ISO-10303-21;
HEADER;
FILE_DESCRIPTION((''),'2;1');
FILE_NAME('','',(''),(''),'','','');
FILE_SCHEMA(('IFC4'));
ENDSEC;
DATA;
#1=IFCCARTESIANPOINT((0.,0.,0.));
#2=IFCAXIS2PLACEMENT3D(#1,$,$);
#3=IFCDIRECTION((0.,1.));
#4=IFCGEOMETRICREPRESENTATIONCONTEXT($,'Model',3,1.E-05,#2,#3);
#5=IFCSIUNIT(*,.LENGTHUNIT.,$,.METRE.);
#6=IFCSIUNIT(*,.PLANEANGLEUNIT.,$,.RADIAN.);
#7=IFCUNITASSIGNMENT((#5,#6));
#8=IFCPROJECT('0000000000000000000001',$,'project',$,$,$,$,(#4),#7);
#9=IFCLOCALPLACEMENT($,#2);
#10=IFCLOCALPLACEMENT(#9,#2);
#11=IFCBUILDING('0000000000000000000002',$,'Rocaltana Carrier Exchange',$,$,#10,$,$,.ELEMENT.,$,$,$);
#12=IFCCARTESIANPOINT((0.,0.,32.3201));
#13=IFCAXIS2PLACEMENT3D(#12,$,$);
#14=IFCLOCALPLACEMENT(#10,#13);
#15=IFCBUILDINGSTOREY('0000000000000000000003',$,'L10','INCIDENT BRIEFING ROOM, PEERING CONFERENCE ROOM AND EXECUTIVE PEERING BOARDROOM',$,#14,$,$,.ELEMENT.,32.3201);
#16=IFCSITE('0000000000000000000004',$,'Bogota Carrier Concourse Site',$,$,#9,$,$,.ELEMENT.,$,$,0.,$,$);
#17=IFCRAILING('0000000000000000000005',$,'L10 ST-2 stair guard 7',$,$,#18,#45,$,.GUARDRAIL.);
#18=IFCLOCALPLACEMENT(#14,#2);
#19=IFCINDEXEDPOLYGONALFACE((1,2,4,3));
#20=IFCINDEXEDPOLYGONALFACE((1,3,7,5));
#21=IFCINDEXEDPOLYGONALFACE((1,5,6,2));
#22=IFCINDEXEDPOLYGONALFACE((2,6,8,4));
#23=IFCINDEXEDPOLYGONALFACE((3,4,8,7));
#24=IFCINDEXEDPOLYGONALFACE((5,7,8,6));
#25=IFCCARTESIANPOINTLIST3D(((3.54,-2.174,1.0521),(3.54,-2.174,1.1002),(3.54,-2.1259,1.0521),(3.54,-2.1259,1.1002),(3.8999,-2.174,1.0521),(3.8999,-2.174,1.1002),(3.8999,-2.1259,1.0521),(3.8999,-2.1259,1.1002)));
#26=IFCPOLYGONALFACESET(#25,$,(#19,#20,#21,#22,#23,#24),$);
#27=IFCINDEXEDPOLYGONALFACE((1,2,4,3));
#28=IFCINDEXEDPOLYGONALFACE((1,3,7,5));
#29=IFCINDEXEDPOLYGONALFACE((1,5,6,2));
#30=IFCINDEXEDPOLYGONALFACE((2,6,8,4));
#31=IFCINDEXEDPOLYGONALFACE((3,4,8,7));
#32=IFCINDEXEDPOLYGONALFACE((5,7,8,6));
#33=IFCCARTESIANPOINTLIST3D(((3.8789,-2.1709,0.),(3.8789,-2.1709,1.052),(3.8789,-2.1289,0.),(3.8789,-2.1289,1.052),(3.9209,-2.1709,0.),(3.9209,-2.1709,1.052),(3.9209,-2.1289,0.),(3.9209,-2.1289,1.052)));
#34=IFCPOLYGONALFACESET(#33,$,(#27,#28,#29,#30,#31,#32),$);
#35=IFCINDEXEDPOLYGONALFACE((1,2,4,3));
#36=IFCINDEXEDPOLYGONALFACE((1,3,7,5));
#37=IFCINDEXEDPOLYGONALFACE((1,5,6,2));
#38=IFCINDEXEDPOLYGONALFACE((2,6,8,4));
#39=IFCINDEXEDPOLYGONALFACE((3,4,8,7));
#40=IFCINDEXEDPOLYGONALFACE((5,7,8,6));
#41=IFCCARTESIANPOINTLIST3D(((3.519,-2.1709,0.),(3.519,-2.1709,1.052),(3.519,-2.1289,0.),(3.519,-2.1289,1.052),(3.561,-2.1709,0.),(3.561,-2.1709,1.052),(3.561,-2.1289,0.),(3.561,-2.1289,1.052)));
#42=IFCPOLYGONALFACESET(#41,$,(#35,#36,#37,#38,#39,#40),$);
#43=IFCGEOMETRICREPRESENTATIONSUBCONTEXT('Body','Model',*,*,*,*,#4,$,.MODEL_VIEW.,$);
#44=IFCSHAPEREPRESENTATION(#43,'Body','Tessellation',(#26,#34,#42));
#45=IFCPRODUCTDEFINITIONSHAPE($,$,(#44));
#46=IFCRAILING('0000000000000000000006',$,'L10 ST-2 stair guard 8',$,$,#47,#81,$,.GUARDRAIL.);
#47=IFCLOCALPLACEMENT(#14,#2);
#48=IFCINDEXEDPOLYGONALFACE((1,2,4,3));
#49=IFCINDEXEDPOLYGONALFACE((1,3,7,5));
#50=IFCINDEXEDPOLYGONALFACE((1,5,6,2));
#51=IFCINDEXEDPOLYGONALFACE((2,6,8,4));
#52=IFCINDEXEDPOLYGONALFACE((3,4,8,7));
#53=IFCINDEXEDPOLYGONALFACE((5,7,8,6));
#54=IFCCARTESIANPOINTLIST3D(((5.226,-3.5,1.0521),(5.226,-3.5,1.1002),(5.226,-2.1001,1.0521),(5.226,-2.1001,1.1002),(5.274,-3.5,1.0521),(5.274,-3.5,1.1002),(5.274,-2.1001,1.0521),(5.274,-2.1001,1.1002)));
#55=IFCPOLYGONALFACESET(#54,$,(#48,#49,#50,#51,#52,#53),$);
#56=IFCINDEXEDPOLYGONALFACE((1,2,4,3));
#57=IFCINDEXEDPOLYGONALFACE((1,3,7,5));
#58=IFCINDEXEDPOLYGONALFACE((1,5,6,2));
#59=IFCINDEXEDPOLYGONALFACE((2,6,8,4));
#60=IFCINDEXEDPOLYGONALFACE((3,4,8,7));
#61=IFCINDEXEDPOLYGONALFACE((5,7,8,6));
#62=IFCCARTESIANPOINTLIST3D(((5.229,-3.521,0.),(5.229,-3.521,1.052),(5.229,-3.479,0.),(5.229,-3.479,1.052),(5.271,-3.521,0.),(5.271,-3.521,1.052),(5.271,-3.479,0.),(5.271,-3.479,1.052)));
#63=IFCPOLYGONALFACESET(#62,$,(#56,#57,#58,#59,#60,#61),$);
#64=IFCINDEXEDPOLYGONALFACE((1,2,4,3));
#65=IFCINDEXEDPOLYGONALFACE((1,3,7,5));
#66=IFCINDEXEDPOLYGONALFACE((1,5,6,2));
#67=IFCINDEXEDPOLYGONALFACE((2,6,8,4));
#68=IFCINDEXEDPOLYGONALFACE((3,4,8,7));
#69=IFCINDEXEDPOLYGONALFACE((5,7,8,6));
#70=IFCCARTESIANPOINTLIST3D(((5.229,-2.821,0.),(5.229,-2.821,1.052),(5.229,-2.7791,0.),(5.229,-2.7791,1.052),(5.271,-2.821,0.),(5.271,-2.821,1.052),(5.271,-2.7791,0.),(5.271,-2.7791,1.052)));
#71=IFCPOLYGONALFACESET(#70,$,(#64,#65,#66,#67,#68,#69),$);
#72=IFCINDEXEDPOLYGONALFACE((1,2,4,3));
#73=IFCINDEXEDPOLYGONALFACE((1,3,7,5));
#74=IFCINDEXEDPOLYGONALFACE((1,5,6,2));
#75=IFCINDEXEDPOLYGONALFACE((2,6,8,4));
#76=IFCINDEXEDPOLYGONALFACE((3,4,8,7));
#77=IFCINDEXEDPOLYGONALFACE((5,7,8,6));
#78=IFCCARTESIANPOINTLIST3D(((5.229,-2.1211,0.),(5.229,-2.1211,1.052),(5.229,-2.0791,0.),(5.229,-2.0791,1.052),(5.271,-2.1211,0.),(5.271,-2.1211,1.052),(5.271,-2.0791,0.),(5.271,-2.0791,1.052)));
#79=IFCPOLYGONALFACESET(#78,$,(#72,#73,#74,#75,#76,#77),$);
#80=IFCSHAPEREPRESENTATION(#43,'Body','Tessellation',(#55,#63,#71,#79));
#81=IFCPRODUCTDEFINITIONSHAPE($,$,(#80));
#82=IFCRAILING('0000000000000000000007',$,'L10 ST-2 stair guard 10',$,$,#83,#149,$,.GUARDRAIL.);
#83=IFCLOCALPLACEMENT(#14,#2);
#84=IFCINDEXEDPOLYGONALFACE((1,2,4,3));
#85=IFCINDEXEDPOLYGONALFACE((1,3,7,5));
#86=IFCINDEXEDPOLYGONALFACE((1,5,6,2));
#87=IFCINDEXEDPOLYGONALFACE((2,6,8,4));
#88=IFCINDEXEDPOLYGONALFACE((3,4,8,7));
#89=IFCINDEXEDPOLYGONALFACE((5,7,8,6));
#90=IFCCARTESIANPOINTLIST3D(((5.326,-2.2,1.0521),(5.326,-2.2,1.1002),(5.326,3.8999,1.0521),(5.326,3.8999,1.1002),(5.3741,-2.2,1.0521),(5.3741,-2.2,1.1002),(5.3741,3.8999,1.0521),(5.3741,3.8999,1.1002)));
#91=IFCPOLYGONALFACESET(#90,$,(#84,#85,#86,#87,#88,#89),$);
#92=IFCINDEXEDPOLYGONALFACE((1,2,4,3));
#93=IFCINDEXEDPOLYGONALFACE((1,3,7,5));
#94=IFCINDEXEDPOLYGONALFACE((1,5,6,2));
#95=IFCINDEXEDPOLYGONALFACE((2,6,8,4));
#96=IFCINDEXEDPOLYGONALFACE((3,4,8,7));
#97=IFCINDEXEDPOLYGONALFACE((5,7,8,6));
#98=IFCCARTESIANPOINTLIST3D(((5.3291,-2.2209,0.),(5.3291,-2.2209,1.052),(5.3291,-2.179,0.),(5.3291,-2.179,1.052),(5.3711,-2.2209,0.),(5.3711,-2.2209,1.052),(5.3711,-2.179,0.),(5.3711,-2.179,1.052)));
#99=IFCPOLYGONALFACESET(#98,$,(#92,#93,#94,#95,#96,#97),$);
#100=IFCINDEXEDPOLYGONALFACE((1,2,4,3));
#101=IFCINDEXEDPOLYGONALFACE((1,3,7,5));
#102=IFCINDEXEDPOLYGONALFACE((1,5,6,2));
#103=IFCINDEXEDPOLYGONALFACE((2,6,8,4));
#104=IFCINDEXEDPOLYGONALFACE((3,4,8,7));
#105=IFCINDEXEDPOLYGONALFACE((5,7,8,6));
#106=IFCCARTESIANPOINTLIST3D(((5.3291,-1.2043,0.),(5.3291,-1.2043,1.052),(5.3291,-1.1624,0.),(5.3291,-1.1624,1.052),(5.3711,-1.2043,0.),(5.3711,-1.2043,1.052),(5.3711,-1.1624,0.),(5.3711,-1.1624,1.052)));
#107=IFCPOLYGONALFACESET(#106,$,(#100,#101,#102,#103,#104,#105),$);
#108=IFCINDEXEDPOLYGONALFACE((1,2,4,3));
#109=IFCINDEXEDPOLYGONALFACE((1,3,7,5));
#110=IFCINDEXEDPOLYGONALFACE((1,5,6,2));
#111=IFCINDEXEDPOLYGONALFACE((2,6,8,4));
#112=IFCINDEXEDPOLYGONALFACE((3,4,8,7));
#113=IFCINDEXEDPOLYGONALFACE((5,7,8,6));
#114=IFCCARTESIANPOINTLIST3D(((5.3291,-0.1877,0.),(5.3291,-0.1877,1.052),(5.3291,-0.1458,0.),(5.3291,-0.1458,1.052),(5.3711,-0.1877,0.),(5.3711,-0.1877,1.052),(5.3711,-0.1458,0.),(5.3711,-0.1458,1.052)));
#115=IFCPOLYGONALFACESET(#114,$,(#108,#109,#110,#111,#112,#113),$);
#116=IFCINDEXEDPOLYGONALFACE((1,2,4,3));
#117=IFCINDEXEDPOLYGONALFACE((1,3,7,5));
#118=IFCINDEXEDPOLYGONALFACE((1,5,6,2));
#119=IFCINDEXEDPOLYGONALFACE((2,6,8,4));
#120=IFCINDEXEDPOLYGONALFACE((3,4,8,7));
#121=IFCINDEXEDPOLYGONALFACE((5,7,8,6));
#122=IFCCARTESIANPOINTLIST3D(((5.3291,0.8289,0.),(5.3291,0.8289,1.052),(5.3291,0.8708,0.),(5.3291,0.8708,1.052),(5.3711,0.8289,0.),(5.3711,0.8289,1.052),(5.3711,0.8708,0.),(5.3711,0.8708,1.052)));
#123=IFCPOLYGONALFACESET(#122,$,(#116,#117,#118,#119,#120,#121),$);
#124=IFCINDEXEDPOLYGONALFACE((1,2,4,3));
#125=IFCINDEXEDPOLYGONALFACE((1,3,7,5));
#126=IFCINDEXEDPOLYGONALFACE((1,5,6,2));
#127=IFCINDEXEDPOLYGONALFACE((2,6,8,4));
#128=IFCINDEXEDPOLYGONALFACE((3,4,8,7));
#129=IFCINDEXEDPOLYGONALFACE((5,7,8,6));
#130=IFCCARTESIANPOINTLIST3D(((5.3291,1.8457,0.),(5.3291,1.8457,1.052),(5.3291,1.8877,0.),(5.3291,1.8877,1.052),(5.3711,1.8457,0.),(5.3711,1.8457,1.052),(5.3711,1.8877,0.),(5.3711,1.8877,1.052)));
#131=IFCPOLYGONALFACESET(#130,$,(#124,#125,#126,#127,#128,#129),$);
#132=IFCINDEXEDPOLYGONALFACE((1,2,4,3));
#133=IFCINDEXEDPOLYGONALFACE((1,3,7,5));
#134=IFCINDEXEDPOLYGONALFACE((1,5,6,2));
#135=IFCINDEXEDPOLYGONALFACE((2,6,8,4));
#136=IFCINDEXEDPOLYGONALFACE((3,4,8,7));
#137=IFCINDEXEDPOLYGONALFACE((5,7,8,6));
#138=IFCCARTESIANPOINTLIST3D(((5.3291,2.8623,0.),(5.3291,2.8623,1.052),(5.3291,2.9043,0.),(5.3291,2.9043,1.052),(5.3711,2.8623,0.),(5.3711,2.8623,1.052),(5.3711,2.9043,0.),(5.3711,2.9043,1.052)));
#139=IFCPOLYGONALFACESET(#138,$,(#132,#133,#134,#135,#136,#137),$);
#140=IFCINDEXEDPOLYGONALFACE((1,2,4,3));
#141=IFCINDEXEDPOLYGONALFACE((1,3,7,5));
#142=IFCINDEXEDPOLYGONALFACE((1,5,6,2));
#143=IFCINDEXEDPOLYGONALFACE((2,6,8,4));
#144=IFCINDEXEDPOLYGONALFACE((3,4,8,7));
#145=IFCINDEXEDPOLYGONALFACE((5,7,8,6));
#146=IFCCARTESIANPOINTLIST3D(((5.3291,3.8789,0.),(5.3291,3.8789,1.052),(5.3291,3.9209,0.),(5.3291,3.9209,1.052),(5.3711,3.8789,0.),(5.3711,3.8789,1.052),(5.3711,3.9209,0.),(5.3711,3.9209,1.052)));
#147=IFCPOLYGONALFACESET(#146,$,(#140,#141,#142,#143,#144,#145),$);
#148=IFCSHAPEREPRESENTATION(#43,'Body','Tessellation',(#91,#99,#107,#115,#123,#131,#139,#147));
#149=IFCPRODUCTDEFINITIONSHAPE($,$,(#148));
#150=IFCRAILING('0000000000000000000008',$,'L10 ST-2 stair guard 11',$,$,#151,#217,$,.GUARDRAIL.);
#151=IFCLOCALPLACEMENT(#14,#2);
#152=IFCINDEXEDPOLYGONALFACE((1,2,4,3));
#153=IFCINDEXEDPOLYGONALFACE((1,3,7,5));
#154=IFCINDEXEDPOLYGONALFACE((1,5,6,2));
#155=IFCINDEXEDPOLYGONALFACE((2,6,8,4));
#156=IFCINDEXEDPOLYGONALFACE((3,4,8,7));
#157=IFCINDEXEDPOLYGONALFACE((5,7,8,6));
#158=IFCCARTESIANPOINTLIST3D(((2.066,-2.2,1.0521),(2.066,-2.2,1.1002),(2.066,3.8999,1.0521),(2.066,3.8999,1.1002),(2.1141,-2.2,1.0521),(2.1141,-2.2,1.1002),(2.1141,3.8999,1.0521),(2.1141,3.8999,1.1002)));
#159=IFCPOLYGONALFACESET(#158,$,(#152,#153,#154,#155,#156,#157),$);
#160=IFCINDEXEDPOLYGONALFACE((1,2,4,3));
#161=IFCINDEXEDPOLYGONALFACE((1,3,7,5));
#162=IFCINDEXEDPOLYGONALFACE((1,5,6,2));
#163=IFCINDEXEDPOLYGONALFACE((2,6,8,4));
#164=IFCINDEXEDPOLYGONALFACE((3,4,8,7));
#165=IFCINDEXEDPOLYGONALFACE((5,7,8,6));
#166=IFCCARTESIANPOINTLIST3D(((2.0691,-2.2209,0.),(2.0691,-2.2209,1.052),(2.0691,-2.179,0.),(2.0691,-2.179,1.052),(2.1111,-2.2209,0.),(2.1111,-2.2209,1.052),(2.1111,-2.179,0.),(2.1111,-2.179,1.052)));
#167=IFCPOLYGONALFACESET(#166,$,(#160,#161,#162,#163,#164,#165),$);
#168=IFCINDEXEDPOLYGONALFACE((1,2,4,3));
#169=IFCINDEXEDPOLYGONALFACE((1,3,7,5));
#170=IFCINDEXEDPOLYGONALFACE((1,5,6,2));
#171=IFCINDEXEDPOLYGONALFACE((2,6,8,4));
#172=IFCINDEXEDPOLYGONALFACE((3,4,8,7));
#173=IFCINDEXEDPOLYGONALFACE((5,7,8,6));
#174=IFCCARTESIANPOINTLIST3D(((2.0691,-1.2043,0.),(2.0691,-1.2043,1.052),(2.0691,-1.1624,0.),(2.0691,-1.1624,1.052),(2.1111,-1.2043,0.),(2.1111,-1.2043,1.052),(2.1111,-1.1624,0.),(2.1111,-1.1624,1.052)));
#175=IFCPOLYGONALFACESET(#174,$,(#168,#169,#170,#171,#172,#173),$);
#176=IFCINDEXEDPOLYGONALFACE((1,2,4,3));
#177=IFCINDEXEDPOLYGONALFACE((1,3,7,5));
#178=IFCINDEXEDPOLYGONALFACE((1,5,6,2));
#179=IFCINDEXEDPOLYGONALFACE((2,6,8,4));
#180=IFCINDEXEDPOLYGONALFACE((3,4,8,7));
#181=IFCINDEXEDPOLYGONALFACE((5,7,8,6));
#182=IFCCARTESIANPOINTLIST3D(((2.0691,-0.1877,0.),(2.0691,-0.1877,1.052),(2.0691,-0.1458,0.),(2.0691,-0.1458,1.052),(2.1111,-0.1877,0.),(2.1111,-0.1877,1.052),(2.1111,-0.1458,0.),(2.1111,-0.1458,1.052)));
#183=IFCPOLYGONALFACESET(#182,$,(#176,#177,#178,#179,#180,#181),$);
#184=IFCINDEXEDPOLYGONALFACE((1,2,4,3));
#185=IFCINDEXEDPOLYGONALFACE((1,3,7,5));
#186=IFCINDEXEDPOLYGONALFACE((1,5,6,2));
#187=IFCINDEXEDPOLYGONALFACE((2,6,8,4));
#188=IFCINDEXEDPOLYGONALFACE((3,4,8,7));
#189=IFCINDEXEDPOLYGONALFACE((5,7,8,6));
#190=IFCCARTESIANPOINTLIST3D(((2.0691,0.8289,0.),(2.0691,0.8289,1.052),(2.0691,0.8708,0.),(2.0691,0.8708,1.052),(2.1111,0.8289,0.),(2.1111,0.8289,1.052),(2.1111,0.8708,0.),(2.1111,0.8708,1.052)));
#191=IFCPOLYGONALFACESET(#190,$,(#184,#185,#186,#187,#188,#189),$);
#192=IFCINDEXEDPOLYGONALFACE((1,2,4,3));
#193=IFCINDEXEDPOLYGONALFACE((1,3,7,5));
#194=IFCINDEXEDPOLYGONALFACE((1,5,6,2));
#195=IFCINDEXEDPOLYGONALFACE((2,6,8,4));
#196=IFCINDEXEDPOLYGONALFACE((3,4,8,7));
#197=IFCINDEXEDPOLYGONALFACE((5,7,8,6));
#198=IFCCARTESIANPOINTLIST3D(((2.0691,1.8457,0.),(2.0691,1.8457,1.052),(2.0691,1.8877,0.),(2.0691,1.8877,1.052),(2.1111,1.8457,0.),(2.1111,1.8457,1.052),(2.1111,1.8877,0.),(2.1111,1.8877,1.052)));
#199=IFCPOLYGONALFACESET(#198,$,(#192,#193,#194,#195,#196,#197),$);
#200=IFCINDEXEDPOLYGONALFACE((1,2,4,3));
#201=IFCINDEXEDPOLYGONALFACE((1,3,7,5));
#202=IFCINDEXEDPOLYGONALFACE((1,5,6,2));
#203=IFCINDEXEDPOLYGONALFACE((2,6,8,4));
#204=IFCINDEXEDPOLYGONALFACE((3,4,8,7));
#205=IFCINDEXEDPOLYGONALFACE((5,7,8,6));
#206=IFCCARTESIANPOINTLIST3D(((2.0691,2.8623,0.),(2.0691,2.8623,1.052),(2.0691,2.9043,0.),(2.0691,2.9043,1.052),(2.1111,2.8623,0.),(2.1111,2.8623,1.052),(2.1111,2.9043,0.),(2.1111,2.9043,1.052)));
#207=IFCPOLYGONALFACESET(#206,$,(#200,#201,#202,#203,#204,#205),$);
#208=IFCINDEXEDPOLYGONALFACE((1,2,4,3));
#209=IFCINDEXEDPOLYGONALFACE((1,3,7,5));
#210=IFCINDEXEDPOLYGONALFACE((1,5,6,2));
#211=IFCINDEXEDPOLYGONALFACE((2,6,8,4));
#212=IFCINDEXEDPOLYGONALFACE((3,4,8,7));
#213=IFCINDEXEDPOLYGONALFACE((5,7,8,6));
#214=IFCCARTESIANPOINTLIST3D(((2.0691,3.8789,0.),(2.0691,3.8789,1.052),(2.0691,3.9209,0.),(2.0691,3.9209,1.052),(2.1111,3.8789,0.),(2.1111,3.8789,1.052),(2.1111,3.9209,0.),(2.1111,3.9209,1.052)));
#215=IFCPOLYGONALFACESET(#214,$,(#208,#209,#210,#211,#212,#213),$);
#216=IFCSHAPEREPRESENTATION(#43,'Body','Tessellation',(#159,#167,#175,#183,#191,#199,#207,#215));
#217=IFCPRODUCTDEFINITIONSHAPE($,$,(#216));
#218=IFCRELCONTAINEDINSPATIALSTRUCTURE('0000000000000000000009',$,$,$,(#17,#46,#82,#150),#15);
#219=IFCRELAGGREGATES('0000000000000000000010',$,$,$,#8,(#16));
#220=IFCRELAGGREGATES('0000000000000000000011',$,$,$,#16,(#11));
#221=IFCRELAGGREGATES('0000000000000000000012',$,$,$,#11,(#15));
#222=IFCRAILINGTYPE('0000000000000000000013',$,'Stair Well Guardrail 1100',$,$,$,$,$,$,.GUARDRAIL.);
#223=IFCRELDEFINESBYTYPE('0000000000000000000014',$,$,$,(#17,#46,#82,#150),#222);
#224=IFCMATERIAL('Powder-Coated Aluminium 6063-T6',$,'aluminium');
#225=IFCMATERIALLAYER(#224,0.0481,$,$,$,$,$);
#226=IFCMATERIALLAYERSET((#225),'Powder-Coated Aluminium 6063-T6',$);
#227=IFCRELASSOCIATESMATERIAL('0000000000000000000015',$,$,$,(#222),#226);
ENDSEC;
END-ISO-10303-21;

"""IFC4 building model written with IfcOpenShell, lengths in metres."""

from ifc_helpers import new_model, si_unit, direction, frame, origin, origin_2d, place, context, subcontext, project, spatial, rectangle, extrude, material, layer, layer_set, type_object, element, save


model = new_model("IFC4")

# Units and contexts
model_context = context("Model", 3, precision=1e-05, world=origin(), true_north=direction((0.0, 1.0)))
body_context = subcontext(model_context, "Body", "Model", "MODEL_VIEW")
ifc_project = project(units=[si_unit("LENGTHUNIT", "METRE"), si_unit("PLANEANGLEUNIT", "RADIAN")], contexts=[model_context])

# Site, building, storey
site_placement = place(None, origin())
site = spatial("IfcSite", under=ifc_project, at=site_placement, Name="Bogota Carrier Concourse Site", CompositionType="ELEMENT", RefElevation=0.0)
building_placement = place(site_placement, origin())
building = spatial("IfcBuilding", under=site, at=building_placement, Name="Rocaltana Carrier Exchange", CompositionType="ELEMENT")
storey_placement = place(building_placement, frame((0.0, 0.0, 32.3201)))
storey = spatial("IfcBuildingStorey", under=building, at=storey_placement, Name="L10", Description="INCIDENT BRIEFING ROOM, PEERING CONFERENCE ROOM AND EXECUTIVE PEERING BOARDROOM", CompositionType="ELEMENT", Elevation=32.3201)

# Railings
ifc_material_1 = material(Name="Powder-Coated Aluminium 6063-T6", Category="aluminium")
ifc_layer_1 = layer(ifc_material_1, 0.0481)
ifc_layer_set_1 = layer_set([ifc_layer_1], Name="Powder-Coated Aluminium 6063-T6")
railing_type_1 = type_object("IfcRailingType", Name="Stair Well Guardrail 1100", PredefinedType="GUARDRAIL", material=ifc_layer_set_1)
railing_1_placement = place(storey_placement, frame((3.8999, -2.1499, 0.0)))
element("IfcRailing", 1, at=railing_1_placement, inside=storey, type_object=railing_type_1, Name="L10 ST-2 stair guard 7", PredefinedType="GUARDRAIL", context=body_context, shape_type="SweptSolid", body=[
    extrude(rectangle(XDim=0.0481, YDim=0.0481, at=origin_2d()), frame((0.0, 0.0, 1.0762), z_axis=(-1.0, 0.0, 0.0), x_axis=(0.0, -1.0, 0.0)), (0.0, 0.0, 1.0), 0.3599),
    extrude(rectangle(XDim=0.042, YDim=0.042, at=origin_2d()), origin(), (0.0, 0.0, 1.0), 1.052),
    extrude(rectangle(XDim=0.042, YDim=0.042, at=origin_2d()), frame((-0.3599, 0.0, 0.0)), (0.0, 0.0, 1.0), 1.052),
])
railing_2_placement = place(storey_placement, frame((5.25, -3.5, 0.0)))
element("IfcRailing", 2, at=railing_2_placement, inside=storey, type_object=railing_type_1, Name="L10 ST-2 stair guard 8", PredefinedType="GUARDRAIL", context=body_context, shape_type="SweptSolid", body=[
    extrude(rectangle(XDim=0.0481, YDim=0.0481, at=origin_2d()), frame((0.0, 0.0, 1.0762), z_axis=(0.0, 1.0, 0.0), x_axis=(-1.0, 0.0, 0.0)), (0.0, 0.0, 1.0), 1.3999),
    extrude(rectangle(XDim=0.042, YDim=0.042, at=origin_2d()), origin(), (0.0, 0.0, 1.0), 1.052),
    extrude(rectangle(XDim=0.042, YDim=0.042, at=origin_2d()), frame((0.0, 0.7, 0.0)), (0.0, 0.0, 1.0), 1.052),
    extrude(rectangle(XDim=0.042, YDim=0.042, at=origin_2d()), frame((0.0, 1.3999, 0.0)), (0.0, 0.0, 1.0), 1.052),
])
for number, where, name in (
    (3, (5.3501, -2.2, 0.0), "L10 ST-2 stair guard 10"),
    (4, (2.0901, -2.2, 0.0), "L10 ST-2 stair guard 11"),
):
    element("IfcRailing", number, at=place(storey_placement, frame(where)), inside=storey, type_object=railing_type_1, Name=name, PredefinedType="GUARDRAIL", context=body_context, shape_type="SweptSolid", body=[
        extrude(rectangle(XDim=0.0481, YDim=0.0481, at=origin_2d()), frame((0.0, 0.0, 1.0762), z_axis=(0.0, 1.0, 0.0), x_axis=(-1.0, 0.0, 0.0)), (0.0, 0.0, 1.0), 6.0999),
        extrude(rectangle(XDim=0.042, YDim=0.042, at=origin_2d()), origin(), (0.0, 0.0, 1.0), 1.052),
        extrude(rectangle(XDim=0.042, YDim=0.042, at=origin_2d()), frame((0.0, 1.0166, 0.0)), (0.0, 0.0, 1.0), 1.052),
        extrude(rectangle(XDim=0.042, YDim=0.042, at=origin_2d()), frame((0.0, 2.0332, 0.0)), (0.0, 0.0, 1.0), 1.052),
        extrude(rectangle(XDim=0.042, YDim=0.042, at=origin_2d()), frame((0.0, 3.0498, 0.0)), (0.0, 0.0, 1.0), 1.052),
        extrude(rectangle(XDim=0.042, YDim=0.042, at=origin_2d()), frame((0.0, 4.0667, 0.0)), (0.0, 0.0, 1.0), 1.052),
        extrude(rectangle(XDim=0.042, YDim=0.042, at=origin_2d()), frame((0.0, 5.0833, 0.0)), (0.0, 0.0, 1.0), 1.052),
        extrude(rectangle(XDim=0.042, YDim=0.042, at=origin_2d()), frame((0.0, 6.0999, 0.0)), (0.0, 0.0, 1.0), 1.052),
    ])

save(model, "model.ifc")
